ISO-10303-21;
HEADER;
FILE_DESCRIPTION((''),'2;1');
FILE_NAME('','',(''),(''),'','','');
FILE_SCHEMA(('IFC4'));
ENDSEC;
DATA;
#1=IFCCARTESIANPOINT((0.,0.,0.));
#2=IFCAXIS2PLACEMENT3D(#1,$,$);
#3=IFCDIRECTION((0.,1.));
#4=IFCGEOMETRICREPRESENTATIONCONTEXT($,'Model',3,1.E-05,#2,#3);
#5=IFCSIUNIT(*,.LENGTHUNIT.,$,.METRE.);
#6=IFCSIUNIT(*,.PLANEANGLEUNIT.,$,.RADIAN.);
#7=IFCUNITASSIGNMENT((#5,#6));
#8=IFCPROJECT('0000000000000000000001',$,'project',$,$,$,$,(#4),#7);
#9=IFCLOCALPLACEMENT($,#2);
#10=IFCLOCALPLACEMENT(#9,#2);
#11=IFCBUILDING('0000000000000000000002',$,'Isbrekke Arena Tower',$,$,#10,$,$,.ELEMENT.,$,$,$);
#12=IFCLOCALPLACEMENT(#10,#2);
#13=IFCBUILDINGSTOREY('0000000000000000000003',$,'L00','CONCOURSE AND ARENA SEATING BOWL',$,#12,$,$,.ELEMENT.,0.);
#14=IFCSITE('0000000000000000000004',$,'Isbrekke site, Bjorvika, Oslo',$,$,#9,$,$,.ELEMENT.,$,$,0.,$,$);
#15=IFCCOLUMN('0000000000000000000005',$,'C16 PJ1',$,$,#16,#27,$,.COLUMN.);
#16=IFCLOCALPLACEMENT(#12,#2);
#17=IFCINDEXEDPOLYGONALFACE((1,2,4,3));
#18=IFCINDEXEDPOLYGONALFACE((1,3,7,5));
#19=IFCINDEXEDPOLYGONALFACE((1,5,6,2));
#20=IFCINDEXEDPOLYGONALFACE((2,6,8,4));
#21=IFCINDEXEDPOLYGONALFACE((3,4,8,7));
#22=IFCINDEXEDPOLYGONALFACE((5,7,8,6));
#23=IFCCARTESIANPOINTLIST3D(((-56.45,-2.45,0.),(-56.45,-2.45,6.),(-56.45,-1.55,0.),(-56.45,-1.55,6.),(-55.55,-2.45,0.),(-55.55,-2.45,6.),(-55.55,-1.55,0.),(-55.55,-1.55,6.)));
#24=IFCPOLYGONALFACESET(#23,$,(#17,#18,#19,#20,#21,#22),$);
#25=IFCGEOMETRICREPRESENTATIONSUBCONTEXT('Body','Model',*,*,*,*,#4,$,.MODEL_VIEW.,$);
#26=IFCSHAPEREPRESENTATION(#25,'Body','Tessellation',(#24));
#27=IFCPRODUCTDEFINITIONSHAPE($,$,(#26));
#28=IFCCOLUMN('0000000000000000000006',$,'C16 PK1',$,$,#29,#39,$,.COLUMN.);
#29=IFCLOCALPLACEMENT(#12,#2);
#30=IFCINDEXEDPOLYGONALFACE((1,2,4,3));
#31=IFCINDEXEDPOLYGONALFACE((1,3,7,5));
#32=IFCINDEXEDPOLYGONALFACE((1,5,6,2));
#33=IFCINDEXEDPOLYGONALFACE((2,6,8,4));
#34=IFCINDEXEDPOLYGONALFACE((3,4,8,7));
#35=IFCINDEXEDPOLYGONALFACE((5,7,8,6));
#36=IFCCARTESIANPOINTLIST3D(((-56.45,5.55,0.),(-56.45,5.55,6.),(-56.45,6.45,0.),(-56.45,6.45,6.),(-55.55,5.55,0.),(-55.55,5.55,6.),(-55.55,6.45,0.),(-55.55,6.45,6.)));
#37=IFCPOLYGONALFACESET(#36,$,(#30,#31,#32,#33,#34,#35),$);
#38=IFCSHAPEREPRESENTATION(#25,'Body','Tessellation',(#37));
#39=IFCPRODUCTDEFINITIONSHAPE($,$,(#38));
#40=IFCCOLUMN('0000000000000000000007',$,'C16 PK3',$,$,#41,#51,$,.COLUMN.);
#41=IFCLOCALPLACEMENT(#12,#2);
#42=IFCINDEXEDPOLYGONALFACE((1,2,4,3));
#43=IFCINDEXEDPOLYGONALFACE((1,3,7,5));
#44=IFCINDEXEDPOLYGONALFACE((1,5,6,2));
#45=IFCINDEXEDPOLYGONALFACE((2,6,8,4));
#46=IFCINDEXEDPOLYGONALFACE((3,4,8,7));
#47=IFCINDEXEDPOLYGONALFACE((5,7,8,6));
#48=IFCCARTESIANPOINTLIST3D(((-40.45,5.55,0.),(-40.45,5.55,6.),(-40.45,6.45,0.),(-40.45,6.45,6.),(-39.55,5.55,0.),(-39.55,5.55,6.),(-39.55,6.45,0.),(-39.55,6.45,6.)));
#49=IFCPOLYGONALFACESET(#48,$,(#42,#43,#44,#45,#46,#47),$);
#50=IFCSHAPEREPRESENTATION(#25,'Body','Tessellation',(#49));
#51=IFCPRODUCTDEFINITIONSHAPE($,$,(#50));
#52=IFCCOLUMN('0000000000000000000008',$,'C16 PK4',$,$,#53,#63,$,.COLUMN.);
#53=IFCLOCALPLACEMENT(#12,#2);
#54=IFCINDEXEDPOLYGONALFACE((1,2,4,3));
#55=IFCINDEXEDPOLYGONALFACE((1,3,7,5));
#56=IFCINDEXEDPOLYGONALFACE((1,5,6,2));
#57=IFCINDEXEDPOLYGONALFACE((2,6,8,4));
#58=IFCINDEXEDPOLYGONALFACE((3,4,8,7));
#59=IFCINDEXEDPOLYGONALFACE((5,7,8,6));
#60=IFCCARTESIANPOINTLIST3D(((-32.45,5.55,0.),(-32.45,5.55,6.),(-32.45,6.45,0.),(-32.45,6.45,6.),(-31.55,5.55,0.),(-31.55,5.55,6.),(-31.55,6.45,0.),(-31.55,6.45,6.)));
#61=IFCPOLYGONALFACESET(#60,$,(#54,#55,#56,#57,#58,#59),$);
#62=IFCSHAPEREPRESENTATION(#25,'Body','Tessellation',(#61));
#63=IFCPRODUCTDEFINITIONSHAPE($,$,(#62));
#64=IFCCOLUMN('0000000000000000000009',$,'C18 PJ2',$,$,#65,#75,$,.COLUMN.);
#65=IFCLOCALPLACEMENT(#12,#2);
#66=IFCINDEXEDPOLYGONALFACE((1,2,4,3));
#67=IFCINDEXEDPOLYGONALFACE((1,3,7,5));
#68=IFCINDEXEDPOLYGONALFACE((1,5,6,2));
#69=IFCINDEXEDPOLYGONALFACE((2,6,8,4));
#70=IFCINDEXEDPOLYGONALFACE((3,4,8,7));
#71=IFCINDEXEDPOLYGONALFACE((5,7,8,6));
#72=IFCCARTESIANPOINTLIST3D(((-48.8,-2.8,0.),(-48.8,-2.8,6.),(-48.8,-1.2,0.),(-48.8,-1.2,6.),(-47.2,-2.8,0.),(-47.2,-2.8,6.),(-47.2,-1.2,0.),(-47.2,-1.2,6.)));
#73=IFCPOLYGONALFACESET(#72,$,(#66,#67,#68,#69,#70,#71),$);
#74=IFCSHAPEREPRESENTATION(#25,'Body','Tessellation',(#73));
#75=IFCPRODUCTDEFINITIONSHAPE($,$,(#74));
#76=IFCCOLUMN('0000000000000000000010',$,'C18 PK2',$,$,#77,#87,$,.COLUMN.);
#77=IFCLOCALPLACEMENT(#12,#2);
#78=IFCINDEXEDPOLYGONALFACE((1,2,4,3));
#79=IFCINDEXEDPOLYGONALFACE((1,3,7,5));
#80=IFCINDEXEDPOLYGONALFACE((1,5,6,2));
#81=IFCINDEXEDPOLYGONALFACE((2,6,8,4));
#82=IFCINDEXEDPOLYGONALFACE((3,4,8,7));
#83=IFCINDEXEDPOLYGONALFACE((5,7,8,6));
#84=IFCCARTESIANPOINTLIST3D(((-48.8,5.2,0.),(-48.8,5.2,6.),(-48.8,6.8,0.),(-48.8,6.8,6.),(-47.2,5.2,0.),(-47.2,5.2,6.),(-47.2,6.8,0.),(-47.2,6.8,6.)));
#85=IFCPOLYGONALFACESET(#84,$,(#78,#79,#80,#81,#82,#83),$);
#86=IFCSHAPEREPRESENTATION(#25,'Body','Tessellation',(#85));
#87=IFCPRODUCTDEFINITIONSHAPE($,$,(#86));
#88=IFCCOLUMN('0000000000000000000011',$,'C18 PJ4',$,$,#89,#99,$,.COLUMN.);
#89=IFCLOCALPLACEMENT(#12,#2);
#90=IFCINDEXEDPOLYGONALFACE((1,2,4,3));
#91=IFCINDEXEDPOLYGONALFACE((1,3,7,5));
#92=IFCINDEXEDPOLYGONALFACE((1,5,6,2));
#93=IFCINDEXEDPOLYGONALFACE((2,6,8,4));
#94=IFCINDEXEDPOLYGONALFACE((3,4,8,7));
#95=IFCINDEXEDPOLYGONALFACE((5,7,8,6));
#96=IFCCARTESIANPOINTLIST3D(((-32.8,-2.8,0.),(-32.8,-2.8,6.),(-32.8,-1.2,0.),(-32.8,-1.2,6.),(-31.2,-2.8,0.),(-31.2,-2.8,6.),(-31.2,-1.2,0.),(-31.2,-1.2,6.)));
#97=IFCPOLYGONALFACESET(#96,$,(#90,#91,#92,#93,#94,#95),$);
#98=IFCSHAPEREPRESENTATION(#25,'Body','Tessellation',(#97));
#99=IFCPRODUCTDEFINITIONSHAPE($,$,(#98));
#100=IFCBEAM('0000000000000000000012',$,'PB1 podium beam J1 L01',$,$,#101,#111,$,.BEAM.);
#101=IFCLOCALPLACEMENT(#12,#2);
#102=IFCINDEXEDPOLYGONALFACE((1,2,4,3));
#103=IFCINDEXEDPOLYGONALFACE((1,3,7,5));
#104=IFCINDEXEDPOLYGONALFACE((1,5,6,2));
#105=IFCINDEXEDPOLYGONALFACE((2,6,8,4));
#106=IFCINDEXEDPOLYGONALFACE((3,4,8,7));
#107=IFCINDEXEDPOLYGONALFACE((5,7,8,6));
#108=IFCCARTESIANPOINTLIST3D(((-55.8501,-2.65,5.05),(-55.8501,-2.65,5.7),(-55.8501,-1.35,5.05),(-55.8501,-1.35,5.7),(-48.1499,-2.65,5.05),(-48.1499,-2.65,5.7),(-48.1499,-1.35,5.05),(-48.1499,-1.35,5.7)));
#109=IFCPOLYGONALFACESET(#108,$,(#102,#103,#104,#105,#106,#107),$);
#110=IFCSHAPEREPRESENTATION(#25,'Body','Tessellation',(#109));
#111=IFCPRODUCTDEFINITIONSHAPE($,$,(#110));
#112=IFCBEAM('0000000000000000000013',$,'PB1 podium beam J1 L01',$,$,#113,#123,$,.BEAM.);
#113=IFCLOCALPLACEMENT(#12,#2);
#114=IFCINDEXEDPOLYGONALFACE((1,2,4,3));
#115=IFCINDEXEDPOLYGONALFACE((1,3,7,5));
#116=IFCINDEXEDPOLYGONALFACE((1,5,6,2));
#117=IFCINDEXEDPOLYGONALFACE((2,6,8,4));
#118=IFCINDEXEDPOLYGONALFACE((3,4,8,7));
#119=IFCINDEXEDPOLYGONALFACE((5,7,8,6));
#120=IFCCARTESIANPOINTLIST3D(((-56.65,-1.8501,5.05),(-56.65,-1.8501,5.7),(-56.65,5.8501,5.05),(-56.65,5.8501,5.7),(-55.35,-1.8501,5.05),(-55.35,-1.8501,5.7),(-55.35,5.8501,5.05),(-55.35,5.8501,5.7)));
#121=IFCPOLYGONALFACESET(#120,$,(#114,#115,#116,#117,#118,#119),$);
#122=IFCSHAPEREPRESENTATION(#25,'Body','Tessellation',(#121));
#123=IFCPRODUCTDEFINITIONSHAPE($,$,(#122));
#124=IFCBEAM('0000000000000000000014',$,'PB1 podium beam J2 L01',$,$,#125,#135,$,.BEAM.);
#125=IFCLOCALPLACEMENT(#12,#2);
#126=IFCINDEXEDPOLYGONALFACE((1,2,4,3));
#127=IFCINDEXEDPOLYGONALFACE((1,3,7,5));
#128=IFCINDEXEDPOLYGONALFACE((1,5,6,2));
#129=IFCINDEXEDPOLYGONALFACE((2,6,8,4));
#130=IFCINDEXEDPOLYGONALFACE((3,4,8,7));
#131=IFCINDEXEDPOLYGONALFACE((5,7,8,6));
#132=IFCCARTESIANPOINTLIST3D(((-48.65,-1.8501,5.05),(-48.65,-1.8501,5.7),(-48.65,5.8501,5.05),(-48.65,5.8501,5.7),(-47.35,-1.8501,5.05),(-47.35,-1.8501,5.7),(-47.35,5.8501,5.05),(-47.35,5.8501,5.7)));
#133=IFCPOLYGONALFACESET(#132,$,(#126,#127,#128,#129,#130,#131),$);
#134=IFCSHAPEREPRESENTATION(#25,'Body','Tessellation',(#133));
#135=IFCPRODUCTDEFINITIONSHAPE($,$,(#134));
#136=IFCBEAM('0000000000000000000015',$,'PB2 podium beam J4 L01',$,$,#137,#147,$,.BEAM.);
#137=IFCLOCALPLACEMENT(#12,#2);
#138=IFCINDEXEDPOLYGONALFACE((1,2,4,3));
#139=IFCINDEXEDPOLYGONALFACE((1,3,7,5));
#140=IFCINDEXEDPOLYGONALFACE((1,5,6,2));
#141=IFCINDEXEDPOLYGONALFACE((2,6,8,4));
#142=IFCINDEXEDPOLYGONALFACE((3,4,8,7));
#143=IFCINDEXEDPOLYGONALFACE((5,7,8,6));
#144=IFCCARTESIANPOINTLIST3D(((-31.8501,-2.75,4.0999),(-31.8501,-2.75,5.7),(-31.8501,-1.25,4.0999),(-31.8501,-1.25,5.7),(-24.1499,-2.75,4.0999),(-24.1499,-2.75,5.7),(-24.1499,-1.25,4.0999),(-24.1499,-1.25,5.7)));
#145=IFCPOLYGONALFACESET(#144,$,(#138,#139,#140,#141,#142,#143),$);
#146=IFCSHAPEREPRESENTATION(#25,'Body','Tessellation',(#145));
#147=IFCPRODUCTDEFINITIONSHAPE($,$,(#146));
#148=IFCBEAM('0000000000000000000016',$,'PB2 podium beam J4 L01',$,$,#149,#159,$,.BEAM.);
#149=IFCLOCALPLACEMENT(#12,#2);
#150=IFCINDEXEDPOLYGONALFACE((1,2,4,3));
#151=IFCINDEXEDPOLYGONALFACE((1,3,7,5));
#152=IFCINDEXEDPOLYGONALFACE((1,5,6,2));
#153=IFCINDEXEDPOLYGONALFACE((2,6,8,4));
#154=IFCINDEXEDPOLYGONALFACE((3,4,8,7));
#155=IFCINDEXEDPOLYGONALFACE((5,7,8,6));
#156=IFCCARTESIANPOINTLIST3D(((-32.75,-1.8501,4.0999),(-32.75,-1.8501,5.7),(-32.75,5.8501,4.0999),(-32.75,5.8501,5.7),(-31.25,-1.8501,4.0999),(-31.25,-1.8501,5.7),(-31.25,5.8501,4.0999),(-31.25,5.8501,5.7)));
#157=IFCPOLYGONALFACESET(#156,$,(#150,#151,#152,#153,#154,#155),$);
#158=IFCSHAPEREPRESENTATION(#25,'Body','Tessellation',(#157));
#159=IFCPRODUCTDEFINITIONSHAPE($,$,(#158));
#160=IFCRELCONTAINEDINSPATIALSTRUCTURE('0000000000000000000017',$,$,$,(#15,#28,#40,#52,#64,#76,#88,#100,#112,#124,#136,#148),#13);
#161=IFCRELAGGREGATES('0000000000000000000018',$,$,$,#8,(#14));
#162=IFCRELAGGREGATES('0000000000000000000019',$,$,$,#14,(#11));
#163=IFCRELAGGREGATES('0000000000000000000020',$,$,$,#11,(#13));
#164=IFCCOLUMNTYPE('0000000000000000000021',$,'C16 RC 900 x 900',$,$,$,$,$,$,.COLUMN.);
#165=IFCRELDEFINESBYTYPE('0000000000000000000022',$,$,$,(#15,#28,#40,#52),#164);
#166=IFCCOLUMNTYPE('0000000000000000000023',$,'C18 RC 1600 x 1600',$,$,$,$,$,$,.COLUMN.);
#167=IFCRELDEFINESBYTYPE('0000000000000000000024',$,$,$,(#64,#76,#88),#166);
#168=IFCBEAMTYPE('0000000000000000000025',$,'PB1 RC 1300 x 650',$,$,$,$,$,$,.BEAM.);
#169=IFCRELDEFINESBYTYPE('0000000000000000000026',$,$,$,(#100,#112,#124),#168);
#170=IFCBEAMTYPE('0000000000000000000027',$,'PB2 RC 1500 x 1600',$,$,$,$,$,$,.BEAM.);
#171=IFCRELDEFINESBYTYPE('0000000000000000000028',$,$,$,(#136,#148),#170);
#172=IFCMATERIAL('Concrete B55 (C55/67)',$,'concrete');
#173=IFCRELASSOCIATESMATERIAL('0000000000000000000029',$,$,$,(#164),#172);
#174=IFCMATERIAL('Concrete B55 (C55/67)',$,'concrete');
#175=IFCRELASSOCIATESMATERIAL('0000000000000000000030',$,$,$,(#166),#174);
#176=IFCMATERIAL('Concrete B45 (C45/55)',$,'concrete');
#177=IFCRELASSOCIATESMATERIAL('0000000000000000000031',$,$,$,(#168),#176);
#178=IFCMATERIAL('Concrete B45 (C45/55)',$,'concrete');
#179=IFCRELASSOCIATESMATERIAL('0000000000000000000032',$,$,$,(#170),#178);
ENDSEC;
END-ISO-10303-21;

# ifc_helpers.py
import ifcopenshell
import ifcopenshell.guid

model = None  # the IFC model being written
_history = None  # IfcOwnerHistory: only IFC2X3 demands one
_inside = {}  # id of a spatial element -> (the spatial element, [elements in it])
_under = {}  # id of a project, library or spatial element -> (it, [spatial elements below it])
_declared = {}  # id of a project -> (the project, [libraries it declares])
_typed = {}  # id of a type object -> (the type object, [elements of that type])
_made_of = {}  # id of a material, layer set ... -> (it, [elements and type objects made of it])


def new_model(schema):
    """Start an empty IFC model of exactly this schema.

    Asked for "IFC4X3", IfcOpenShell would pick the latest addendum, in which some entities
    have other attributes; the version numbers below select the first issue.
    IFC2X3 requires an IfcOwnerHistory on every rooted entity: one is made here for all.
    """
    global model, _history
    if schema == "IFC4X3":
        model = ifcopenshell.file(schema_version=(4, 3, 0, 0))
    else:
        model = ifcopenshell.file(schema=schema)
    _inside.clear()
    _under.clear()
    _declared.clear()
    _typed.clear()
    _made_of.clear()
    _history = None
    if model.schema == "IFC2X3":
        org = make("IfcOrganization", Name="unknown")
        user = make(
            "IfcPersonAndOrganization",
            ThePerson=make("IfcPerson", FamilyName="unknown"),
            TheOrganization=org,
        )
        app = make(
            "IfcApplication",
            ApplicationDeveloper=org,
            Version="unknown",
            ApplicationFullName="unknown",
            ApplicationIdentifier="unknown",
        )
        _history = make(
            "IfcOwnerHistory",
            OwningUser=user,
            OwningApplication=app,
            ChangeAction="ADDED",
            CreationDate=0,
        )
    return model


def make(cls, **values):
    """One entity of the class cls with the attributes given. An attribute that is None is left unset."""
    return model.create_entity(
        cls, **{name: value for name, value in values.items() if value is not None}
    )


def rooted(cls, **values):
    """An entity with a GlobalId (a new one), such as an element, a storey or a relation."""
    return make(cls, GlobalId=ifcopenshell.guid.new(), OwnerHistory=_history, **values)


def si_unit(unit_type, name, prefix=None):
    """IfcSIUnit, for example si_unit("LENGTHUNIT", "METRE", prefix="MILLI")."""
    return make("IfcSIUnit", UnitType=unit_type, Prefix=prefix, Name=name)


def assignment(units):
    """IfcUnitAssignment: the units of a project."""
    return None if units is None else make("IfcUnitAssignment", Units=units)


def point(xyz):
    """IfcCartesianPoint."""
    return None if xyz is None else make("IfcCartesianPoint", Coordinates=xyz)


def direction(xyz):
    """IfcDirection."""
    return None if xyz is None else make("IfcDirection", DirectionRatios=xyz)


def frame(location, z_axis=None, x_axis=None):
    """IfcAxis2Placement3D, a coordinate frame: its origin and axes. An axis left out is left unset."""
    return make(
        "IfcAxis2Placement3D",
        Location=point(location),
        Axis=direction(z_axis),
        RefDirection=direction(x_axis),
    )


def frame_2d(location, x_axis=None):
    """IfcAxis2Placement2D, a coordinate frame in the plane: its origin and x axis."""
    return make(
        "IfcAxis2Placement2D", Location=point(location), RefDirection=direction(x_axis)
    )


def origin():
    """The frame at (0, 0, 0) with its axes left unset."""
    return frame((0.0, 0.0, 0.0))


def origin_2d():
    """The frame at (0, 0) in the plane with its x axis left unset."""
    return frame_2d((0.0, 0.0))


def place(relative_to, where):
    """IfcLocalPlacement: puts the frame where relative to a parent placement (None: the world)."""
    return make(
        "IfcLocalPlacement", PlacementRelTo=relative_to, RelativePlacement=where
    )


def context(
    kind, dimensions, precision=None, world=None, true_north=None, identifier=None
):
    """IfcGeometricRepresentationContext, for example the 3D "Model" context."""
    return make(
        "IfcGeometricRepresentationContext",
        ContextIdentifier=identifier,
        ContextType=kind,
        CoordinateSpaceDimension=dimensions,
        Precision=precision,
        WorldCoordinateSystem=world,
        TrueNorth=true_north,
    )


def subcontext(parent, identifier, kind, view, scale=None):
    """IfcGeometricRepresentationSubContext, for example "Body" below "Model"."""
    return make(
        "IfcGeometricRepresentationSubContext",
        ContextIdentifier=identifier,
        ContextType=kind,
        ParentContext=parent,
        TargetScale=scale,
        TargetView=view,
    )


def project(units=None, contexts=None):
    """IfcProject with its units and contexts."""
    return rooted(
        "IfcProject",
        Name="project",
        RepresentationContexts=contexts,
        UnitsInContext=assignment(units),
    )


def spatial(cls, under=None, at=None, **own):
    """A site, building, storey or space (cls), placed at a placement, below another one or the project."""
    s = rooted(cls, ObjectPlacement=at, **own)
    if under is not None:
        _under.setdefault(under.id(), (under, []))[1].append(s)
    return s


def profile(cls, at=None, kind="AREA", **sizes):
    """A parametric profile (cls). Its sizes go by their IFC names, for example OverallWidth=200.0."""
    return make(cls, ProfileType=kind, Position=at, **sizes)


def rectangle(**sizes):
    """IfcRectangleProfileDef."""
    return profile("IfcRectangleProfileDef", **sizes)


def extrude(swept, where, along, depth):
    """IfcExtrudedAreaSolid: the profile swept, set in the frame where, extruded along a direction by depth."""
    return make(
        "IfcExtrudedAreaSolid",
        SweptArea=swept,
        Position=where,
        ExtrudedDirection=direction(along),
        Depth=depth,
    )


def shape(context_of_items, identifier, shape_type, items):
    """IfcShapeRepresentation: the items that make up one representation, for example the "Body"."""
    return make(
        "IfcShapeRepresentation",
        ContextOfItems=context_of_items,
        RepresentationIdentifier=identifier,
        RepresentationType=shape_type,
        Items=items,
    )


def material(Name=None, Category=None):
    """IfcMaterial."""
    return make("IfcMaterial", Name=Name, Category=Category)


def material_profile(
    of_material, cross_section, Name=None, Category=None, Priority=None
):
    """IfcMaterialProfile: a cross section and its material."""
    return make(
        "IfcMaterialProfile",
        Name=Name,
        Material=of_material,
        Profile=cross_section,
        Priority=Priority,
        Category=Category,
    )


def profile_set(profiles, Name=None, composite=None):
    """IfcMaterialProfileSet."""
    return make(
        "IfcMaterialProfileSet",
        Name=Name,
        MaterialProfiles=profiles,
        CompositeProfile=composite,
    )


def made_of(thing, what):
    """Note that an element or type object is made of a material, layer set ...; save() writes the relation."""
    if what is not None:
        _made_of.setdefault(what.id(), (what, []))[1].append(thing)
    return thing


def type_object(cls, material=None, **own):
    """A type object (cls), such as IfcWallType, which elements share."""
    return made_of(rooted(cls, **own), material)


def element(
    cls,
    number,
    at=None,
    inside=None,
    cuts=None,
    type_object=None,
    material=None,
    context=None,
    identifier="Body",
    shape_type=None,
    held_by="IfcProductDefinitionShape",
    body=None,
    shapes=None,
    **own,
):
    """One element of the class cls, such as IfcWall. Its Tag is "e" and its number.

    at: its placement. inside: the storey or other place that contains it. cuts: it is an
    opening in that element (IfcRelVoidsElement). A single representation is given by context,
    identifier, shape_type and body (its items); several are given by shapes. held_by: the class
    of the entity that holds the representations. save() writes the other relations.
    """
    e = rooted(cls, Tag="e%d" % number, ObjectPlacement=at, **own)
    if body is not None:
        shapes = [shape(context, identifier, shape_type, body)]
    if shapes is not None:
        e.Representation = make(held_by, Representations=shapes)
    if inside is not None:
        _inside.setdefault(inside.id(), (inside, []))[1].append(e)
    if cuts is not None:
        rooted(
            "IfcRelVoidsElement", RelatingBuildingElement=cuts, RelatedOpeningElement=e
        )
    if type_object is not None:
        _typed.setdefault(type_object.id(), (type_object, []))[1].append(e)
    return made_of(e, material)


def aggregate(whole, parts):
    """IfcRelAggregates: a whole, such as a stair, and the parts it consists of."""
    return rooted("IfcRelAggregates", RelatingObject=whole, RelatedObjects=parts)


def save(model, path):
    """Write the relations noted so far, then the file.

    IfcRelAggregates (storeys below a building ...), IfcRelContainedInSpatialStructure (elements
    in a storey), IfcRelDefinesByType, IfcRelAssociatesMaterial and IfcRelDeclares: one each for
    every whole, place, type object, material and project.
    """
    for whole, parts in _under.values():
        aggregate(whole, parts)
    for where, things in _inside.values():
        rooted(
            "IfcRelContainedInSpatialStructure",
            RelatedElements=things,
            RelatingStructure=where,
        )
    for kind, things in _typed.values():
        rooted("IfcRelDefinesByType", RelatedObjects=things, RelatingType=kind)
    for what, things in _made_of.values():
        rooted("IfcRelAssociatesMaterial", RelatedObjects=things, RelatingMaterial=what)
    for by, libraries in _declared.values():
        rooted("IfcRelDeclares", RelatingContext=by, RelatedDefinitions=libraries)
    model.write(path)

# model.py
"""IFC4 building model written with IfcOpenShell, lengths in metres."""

from ifc_helpers import new_model, si_unit, direction, frame, origin, origin_2d, place, context, subcontext, project, spatial, rectangle, extrude, material, material_profile, profile_set, type_object, element, save


model = new_model("IFC4")

# Units and contexts
model_context = context("Model", 3, precision=1e-05, world=origin(), true_north=direction((0.0, 1.0)))
body_context = subcontext(model_context, "Body", "Model", "MODEL_VIEW")
ifc_project = project(units=[si_unit("LENGTHUNIT", "METRE"), si_unit("PLANEANGLEUNIT", "RADIAN")], contexts=[model_context])

# Site, building, storey
site_placement = place(None, origin())
site = spatial("IfcSite", under=ifc_project, at=site_placement, Name="Isbrekke site, Bjorvika, Oslo", CompositionType="ELEMENT", RefElevation=0.0)
building_placement = place(site_placement, origin())
building = spatial("IfcBuilding", under=site, at=building_placement, Name="Isbrekke Arena Tower", CompositionType="ELEMENT")
storey_placement = place(building_placement, origin())
storey = spatial("IfcBuildingStorey", under=building, at=storey_placement, Name="L00", Description="CONCOURSE AND ARENA SEATING BOWL", CompositionType="ELEMENT", Elevation=0.0)

# Columns
ifc_material_1 = material(Name="Concrete B55 (C55/67)", Category="concrete")
ifc_material_profile_1 = material_profile(ifc_material_1, rectangle(XDim=0.8999, YDim=0.8999, at=origin_2d()), Name="RC 900x900")
ifc_profile_set_1 = profile_set([ifc_material_profile_1], Name="Concrete B55 (C55/67)")
column_type_1 = type_object("IfcColumnType", Name="C16 RC 900 x 900", PredefinedType="COLUMN", material=ifc_profile_set_1)
for number, where, z_axis, x_axis, name in (
    (1, (-56.0, -2.0, 0.0), (0.0, 0.0, 1.0), (1.0, 0.0, 0.0), "C16 PJ1"),
    (2, (-56.0, 6.0, 0.0), (0.0, 0.0, 1.0), (1.0, 0.0, 0.0), "C16 PK1"),
    (3, (-40.0, 6.0, 0.0), (0.0, 0.0, 1.0), (1.0, 0.0, 0.0), "C16 PK3"),
    (4, (-32.0, 6.0, 0.0), (0.0, 0.0, 1.0), (1.0, 0.0, 0.0), "C16 PK4"),
):
    element("IfcColumn", number, at=place(storey_placement, frame(where, z_axis=z_axis, x_axis=x_axis)), inside=storey, type_object=column_type_1, Name=name, PredefinedType="COLUMN", context=body_context, shape_type="SweptSolid", body=[
        extrude(rectangle(XDim=0.8999, YDim=0.8999, at=origin_2d()), origin(), (0.0, 0.0, 1.0), 6.0),
    ])
ifc_material_2 = material(Name="Concrete B55 (C55/67)", Category="concrete")
ifc_material_profile_2 = material_profile(ifc_material_2, rectangle(XDim=1.6001, YDim=1.6001, at=origin_2d()), Name="RC 1600x1600")
ifc_profile_set_2 = profile_set([ifc_material_profile_2], Name="Concrete B55 (C55/67)")
column_type_2 = type_object("IfcColumnType", Name="C18 RC 1600 x 1600", PredefinedType="COLUMN", material=ifc_profile_set_2)
for number, where, z_axis, x_axis, name in (
    (5, (-48.0, -2.0, 0.0), (0.0, 0.0, 1.0), (1.0, 0.0, 0.0), "C18 PJ2"),
    (6, (-48.0, 6.0, 0.0), (0.0, 0.0, 1.0), (1.0, 0.0, 0.0), "C18 PK2"),
    (7, (-32.0, -2.0, 0.0), (0.0, 0.0, 1.0), (1.0, 0.0, 0.0), "C18 PJ4"),
):
    element("IfcColumn", number, at=place(storey_placement, frame(where, z_axis=z_axis, x_axis=x_axis)), inside=storey, type_object=column_type_2, Name=name, PredefinedType="COLUMN", context=body_context, shape_type="SweptSolid", body=[
        extrude(rectangle(XDim=1.6001, YDim=1.6001, at=origin_2d()), origin(), (0.0, 0.0, 1.0), 6.0),
    ])

# Beams
ifc_material_3 = material(Name="Concrete B45 (C45/55)", Category="concrete")
ifc_material_profile_3 = material_profile(ifc_material_3, rectangle(XDim=1.3, YDim=0.6499, at=origin_2d()), Name="RC 1300x650")
ifc_profile_set_3 = profile_set([ifc_material_profile_3], Name="Concrete B45 (C45/55)")
beam_type_1 = type_object("IfcBeamType", Name="PB1 RC 1300 x 650", PredefinedType="BEAM", material=ifc_profile_set_3)
for number, where, z_axis, x_axis, name in (
    (8, (-55.8501, -2.0, 5.375), (1.0, 0.0, 0.0), (0.0, 1.0, 0.0), "PB1 podium beam J1 L01"),
    (9, (-56.0, -1.8501, 5.375), (0.0, 1.0, 0.0), (-1.0, 0.0, 0.0), "PB1 podium beam J1 L01"),
    (10, (-48.0, -1.8501, 5.375), (0.0, 1.0, 0.0), (-1.0, 0.0, 0.0), "PB1 podium beam J2 L01"),
):
    element("IfcBeam", number, at=place(storey_placement, frame(where, z_axis=z_axis, x_axis=x_axis)), inside=storey, type_object=beam_type_1, Name=name, PredefinedType="BEAM", context=body_context, shape_type="SweptSolid", body=[
        extrude(rectangle(XDim=1.3, YDim=0.6499, at=origin_2d()), origin(), (0.0, 0.0, 1.0), 7.7002),
    ])
ifc_material_4 = material(Name="Concrete B45 (C45/55)", Category="concrete")
ifc_material_profile_4 = material_profile(ifc_material_4, rectangle(XDim=1.5, YDim=1.6001, at=origin_2d()), Name="RC 1500x1600")
ifc_profile_set_4 = profile_set([ifc_material_profile_4], Name="Concrete B45 (C45/55)")
beam_type_2 = type_object("IfcBeamType", Name="PB2 RC 1500 x 1600", PredefinedType="BEAM", material=ifc_profile_set_4)
for number, where, z_axis, x_axis, name in (
    (11, (-31.8501, -2.0, 4.8999), (1.0, 0.0, 0.0), (0.0, 1.0, 0.0), "PB2 podium beam J4 L01"),
    (12, (-32.0, -1.8501, 4.8999), (0.0, 1.0, 0.0), (-1.0, 0.0, 0.0), "PB2 podium beam J4 L01"),
):
    element("IfcBeam", number, at=place(storey_placement, frame(where, z_axis=z_axis, x_axis=x_axis)), inside=storey, type_object=beam_type_2, Name=name, PredefinedType="BEAM", context=body_context, shape_type="SweptSolid", body=[
        extrude(rectangle(XDim=1.5, YDim=1.6001, at=origin_2d()), origin(), (0.0, 0.0, 1.0), 7.7002),
    ])

save(model, "model.ifc")
